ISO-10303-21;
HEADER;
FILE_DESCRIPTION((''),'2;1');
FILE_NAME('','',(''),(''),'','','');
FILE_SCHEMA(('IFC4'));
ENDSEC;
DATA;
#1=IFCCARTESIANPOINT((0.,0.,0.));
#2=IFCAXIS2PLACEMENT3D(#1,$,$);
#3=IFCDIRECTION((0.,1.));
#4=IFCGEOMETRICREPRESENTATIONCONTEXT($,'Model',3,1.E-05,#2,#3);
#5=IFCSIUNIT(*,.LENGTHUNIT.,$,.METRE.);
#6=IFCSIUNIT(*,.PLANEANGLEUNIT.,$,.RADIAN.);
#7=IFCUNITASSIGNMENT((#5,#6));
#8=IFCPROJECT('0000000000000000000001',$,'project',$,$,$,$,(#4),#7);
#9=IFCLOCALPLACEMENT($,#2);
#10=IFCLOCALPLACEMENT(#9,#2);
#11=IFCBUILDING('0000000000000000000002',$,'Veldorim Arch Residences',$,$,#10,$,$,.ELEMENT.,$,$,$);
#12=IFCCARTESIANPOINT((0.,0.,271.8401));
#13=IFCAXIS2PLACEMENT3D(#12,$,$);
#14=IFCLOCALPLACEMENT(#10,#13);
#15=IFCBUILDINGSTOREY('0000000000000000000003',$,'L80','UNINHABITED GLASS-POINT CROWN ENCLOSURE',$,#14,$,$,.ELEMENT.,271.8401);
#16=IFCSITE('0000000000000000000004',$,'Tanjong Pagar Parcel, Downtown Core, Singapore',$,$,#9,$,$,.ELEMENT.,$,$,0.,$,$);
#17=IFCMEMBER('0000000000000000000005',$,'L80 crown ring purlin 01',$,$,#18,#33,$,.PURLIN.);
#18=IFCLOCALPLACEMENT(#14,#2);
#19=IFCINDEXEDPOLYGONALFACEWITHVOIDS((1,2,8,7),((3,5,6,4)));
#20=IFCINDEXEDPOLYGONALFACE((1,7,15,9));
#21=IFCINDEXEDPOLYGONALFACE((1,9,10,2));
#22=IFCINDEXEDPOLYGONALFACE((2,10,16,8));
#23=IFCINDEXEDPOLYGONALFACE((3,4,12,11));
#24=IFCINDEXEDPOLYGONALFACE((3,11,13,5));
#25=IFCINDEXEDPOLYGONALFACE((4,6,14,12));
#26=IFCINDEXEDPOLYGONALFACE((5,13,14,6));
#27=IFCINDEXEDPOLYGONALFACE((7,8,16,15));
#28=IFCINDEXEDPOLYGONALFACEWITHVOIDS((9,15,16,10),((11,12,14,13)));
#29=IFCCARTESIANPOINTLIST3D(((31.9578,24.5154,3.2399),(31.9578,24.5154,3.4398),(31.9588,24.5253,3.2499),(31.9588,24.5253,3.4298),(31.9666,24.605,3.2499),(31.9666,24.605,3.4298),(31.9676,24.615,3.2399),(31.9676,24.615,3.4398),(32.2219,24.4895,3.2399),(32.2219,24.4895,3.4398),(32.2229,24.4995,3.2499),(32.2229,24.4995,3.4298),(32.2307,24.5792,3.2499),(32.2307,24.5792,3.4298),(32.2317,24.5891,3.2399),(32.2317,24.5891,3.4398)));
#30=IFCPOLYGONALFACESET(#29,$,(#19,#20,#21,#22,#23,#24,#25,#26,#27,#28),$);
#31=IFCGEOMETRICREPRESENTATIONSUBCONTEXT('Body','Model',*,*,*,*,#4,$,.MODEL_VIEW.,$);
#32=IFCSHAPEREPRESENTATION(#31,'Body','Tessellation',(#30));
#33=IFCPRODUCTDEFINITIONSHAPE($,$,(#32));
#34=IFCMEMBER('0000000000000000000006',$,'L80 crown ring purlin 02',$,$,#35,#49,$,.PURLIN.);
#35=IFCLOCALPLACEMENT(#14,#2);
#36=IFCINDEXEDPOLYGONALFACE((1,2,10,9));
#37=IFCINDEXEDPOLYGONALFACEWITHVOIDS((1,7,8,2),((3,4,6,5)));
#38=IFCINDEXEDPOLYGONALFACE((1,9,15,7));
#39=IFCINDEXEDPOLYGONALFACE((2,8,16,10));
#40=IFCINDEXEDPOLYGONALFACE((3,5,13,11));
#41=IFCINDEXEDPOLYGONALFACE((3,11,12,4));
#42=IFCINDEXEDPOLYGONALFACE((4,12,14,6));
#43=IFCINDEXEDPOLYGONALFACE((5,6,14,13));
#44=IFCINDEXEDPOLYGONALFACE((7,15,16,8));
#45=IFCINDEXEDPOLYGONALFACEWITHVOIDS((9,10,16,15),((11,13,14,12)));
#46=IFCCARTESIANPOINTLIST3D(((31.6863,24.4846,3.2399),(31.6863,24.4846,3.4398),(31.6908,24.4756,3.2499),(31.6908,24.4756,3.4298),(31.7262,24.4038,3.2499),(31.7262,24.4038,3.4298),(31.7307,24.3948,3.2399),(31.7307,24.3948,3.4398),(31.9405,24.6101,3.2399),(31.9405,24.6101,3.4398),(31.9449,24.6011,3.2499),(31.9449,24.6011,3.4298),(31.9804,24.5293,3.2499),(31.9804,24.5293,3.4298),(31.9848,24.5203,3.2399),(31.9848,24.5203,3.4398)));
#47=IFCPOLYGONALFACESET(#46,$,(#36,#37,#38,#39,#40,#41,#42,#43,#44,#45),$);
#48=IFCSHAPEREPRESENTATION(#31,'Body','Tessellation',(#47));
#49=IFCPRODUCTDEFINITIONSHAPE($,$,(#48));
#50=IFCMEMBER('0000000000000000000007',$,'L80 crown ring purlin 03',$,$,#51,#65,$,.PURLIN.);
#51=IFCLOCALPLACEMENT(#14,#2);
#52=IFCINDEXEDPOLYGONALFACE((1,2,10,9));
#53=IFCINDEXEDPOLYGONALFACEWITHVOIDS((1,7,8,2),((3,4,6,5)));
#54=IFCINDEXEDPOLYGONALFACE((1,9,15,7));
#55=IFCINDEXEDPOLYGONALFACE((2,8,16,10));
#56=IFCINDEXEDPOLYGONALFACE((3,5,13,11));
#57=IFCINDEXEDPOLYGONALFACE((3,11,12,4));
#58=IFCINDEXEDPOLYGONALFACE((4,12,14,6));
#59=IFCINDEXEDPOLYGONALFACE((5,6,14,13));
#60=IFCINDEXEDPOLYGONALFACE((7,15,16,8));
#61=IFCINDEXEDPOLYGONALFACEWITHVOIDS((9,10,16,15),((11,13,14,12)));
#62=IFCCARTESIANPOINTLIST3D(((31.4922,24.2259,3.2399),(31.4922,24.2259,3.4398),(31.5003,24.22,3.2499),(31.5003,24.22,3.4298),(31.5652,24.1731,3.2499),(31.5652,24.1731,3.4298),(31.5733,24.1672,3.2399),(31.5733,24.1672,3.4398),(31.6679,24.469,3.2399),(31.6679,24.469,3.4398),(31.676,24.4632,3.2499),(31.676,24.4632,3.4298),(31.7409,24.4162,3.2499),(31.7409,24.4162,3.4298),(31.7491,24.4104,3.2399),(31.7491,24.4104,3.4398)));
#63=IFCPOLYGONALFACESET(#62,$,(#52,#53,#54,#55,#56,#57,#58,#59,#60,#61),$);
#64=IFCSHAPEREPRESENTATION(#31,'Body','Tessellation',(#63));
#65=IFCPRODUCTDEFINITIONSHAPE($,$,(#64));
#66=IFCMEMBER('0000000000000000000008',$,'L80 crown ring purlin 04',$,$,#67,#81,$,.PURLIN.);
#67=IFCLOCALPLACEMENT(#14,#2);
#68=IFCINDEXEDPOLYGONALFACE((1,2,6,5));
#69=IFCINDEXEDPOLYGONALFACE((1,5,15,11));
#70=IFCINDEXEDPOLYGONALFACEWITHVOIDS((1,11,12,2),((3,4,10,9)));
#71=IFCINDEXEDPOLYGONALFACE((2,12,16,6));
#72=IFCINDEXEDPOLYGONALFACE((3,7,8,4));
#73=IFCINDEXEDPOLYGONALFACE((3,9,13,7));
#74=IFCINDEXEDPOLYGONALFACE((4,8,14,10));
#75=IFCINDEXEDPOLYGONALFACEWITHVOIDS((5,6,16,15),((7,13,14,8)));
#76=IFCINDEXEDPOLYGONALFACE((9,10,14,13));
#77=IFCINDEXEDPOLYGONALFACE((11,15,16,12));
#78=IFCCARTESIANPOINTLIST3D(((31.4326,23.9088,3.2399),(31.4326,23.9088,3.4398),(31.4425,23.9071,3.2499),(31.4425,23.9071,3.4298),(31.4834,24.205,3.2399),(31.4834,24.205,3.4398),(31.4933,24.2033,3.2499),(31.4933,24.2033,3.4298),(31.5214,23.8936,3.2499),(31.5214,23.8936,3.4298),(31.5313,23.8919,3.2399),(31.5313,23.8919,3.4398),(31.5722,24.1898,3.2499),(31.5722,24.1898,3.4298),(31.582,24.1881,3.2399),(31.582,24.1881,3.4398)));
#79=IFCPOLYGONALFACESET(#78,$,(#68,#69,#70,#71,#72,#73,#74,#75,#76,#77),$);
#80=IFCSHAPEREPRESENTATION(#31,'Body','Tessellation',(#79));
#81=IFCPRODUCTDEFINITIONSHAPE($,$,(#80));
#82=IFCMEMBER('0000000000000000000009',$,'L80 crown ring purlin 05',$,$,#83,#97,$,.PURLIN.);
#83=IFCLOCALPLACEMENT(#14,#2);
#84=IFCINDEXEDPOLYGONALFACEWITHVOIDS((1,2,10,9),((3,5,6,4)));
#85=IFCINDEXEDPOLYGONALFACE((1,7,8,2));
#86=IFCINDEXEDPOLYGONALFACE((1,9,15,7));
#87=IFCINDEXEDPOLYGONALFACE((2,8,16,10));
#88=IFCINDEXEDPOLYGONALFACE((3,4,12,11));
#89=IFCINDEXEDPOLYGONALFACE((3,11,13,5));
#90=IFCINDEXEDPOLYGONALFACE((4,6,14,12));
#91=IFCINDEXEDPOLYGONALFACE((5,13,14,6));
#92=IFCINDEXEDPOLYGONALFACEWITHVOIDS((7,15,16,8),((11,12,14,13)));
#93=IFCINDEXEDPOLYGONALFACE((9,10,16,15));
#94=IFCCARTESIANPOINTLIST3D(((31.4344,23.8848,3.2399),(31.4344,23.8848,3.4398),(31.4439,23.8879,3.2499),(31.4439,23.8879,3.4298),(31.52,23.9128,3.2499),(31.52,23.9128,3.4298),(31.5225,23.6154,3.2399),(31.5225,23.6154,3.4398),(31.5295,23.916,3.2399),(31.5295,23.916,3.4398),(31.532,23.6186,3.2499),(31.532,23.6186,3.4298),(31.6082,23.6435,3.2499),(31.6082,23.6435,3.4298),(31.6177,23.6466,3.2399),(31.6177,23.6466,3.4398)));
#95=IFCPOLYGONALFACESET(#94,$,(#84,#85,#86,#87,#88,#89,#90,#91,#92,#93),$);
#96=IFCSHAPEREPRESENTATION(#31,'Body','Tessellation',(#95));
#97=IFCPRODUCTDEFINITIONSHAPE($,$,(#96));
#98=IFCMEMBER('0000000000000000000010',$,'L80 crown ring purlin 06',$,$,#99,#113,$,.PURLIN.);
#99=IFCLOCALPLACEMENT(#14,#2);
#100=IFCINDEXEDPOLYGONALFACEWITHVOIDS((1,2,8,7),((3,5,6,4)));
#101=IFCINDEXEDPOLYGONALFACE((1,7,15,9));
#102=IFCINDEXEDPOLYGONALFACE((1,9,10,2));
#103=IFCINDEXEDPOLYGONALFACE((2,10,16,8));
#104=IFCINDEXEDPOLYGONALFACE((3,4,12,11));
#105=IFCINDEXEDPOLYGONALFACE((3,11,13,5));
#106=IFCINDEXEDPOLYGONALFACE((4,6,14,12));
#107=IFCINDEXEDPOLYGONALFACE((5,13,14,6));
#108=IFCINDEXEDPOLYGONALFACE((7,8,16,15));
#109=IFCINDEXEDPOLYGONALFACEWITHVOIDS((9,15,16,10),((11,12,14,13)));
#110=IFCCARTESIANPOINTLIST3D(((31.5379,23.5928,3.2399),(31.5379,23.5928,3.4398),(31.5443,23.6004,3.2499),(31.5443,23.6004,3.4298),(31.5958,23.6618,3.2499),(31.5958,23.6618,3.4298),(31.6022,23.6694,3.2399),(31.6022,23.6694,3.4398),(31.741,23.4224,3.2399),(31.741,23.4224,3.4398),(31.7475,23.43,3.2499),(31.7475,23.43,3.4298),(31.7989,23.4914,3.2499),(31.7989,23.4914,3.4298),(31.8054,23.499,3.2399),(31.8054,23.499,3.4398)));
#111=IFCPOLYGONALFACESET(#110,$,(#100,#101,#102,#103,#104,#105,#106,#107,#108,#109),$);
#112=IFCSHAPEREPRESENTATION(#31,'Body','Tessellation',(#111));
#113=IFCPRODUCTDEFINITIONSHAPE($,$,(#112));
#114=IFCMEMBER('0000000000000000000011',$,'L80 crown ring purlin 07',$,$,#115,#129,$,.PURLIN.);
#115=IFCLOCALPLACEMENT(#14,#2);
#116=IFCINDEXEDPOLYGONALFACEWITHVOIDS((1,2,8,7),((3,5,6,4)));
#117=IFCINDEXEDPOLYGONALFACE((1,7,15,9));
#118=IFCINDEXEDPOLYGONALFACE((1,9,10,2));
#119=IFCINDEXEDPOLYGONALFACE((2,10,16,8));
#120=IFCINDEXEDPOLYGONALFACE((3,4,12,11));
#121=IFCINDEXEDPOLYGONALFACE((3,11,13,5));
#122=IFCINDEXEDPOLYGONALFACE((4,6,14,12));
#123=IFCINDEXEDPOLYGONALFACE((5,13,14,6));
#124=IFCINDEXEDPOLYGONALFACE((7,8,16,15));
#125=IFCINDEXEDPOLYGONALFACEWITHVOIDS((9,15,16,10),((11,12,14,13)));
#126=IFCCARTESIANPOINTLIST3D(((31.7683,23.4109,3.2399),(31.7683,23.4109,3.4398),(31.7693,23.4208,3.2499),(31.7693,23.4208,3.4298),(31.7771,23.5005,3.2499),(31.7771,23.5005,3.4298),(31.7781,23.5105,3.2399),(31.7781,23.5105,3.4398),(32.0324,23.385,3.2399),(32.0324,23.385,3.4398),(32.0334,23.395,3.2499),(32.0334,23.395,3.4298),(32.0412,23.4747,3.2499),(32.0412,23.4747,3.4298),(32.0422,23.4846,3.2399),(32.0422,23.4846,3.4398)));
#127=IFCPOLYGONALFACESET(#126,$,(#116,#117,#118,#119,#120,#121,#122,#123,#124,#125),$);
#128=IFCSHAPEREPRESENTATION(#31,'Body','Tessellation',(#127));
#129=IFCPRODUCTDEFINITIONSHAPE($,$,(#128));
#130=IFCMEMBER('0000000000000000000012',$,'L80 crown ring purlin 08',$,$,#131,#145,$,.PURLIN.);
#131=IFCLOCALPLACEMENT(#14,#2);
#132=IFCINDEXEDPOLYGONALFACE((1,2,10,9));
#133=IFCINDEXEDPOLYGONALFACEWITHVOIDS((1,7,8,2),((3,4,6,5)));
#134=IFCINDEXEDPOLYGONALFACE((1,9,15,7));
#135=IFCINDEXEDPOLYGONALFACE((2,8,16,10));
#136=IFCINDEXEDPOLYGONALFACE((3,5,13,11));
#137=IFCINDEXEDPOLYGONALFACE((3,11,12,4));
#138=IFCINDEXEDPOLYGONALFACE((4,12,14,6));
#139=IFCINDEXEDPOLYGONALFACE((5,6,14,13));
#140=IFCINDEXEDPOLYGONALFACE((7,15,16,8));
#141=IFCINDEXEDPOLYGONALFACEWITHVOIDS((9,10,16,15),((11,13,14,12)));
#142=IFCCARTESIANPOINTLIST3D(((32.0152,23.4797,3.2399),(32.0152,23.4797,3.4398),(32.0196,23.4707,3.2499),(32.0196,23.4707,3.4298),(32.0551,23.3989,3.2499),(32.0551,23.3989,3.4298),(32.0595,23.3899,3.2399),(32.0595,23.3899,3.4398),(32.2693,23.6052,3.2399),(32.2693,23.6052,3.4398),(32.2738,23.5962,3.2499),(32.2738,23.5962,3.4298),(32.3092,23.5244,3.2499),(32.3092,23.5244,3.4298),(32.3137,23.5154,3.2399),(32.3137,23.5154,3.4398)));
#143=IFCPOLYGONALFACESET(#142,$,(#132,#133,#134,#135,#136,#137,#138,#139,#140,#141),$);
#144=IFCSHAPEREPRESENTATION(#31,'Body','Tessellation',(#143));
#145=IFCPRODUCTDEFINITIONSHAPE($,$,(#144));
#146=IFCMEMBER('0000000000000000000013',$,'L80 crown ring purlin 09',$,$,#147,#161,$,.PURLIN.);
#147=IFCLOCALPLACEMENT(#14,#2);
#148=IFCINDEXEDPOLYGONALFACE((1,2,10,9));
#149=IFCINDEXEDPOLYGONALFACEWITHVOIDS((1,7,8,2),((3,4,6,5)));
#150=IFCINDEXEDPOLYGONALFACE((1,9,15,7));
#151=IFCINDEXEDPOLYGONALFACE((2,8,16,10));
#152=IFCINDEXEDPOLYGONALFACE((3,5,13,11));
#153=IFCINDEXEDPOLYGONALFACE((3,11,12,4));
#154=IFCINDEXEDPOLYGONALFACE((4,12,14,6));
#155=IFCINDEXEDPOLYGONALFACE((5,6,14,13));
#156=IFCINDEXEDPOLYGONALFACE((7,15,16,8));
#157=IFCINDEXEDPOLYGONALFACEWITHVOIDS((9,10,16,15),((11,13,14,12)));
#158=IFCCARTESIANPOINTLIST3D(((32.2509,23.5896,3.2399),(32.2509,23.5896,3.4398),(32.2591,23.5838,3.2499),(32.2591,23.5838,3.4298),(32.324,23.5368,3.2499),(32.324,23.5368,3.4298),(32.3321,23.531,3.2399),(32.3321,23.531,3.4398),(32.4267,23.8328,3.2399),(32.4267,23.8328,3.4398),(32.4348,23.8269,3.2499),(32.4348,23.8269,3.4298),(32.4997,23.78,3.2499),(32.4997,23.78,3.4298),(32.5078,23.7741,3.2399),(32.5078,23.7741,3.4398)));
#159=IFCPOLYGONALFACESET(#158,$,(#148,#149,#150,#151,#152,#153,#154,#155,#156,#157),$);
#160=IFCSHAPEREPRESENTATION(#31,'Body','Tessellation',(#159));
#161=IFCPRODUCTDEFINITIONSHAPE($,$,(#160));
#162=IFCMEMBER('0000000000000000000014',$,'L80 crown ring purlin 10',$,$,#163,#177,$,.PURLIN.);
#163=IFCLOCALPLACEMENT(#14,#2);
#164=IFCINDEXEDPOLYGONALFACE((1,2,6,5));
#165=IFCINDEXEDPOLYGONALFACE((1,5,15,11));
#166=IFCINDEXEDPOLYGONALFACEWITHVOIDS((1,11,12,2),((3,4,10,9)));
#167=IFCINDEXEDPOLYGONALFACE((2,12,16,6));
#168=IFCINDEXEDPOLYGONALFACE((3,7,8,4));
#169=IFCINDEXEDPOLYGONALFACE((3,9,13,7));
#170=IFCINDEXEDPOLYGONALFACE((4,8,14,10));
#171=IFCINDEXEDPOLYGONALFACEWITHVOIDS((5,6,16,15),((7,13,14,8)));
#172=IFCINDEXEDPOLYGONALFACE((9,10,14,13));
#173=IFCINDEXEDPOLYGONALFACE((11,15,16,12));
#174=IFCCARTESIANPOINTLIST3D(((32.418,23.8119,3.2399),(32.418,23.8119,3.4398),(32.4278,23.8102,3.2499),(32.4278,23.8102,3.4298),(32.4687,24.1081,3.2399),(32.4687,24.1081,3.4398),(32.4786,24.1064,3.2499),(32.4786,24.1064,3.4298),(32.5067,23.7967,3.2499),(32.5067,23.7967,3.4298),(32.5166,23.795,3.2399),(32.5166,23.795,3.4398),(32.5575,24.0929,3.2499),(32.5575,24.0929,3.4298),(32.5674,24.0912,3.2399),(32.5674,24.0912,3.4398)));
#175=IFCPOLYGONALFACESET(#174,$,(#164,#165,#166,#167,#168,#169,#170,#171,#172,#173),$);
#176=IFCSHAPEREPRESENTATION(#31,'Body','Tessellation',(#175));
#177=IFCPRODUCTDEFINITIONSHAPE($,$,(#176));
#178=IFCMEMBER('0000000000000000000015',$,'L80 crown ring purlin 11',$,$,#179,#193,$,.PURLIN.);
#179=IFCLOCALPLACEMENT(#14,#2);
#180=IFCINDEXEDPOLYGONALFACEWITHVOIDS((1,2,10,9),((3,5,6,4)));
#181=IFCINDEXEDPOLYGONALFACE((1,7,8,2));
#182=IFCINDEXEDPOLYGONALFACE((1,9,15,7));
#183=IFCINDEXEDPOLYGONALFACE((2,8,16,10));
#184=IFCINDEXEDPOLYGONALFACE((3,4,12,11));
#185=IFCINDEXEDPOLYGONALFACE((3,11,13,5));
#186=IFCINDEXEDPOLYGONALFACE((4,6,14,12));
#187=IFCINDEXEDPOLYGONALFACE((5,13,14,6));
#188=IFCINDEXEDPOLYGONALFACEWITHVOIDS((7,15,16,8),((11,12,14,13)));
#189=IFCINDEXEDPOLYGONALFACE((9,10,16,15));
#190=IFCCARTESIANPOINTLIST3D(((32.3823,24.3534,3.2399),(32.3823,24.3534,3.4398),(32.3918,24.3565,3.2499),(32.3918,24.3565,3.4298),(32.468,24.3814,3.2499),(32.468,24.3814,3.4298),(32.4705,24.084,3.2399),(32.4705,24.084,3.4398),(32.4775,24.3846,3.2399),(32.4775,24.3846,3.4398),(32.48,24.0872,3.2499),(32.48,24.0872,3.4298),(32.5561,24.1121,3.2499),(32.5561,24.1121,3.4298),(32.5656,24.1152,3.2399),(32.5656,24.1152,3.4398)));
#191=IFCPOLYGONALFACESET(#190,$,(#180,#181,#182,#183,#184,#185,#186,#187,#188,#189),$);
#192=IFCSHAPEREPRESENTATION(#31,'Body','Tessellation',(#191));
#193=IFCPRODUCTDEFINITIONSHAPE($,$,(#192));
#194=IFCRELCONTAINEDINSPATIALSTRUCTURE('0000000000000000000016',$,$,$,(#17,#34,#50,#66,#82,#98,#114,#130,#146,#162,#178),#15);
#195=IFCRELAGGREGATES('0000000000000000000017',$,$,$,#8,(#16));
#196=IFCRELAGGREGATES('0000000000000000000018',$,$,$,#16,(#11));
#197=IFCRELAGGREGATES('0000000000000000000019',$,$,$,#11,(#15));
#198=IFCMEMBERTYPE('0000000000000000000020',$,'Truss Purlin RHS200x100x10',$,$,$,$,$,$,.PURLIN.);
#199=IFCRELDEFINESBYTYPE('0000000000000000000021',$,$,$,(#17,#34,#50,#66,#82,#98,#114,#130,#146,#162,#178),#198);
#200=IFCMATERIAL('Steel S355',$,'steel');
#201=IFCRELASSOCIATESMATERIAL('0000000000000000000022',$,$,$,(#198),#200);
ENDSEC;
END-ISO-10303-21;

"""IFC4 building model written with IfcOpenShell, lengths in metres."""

from ifc_helpers import new_model, si_unit, direction, frame, origin, origin_2d, place, context, subcontext, project, spatial, hollow_rectangle, extrude, material, material_profile, profile_set, type_object, element, save


model = new_model("IFC4")

# Units and contexts
model_context = context("Model", 3, precision=1e-05, world=origin(), true_north=direction((0.0, 1.0)))
body_context = subcontext(model_context, "Body", "Model", "MODEL_VIEW")
ifc_project = project(units=[si_unit("LENGTHUNIT", "METRE"), si_unit("PLANEANGLEUNIT", "RADIAN")], contexts=[model_context])

# Site, building, storey
site_placement = place(None, origin())
site = spatial("IfcSite", under=ifc_project, at=site_placement, Name="Tanjong Pagar Parcel, Downtown Core, Singapore", CompositionType="ELEMENT", RefElevation=0.0)
building_placement = place(site_placement, origin())
building = spatial("IfcBuilding", under=site, at=building_placement, Name="Veldorim Arch Residences", CompositionType="ELEMENT")
storey_placement = place(building_placement, frame((0.0, 0.0, 271.8401)))
storey = spatial("IfcBuildingStorey", under=building, at=storey_placement, Name="L80", Description="UNINHABITED GLASS-POINT CROWN ENCLOSURE", CompositionType="ELEMENT", Elevation=271.8401)

# Members
ifc_material_1 = material(Name="Steel S355", Category="steel")
ifc_material_profile = material_profile(ifc_material_1, hollow_rectangle(XDim=0.1001, YDim=0.2, WallThickness=0.01, at=origin_2d()), Name="RHS200x100x10")
ifc_profile_set = profile_set([ifc_material_profile], Name="Steel S355")
member_type = type_object("IfcMemberType", Name="Truss Purlin RHS200x100x10", PredefinedType="PURLIN", material=ifc_profile_set)
member_1_placement = place(storey_placement, frame((32.2268, 24.5393, 3.3398), z_axis=(-0.995236, 0.0975, 0.0), x_axis=(-0.0975, -0.995236, 0.0)))
element("IfcMember", 1, at=member_1_placement, inside=storey, type_object=member_type, Name="L80 crown ring purlin 01", PredefinedType="PURLIN", context=body_context, shape_type="SweptSolid", body=[
    extrude(hollow_rectangle(XDim=0.1001, YDim=0.2, WallThickness=0.01, at=origin_2d()), origin(), (0.0, 0.0, 1.0), 0.2654),
])
member_2_placement = place(storey_placement, frame((31.9626, 24.5652, 3.3398), z_axis=(-0.896655, -0.442729, 0.0), x_axis=(0.442729, -0.896655, 0.0)))
element("IfcMember", 2, at=member_2_placement, inside=storey, type_object=member_type, Name="L80 crown ring purlin 02", PredefinedType="PURLIN", context=body_context, shape_type="SweptSolid", body=[
    extrude(hollow_rectangle(XDim=0.1001, YDim=0.2, WallThickness=0.01, at=origin_2d()), origin(), (0.0, 0.0, 1.0), 0.2834),
])
member_3_placement = place(storey_placement, frame((31.7085, 24.4397, 3.3398), z_axis=(-0.585847, -0.810422, 0.0), x_axis=(0.810422, -0.585847, 0.0)))
element("IfcMember", 3, at=member_3_placement, inside=storey, type_object=member_type, Name="L80 crown ring purlin 03", PredefinedType="PURLIN", context=body_context, shape_type="SweptSolid", body=[
    extrude(hollow_rectangle(XDim=0.1001, YDim=0.2, WallThickness=0.01, at=origin_2d()), origin(), (0.0, 0.0, 1.0), 0.3),
])
member_4_placement = place(storey_placement, frame((31.5327, 24.1965, 3.3398), z_axis=(-0.169009, -0.985615, 0.0), x_axis=(0.985615, -0.169009, 0.0)))
element("IfcMember", 4, at=member_4_placement, inside=storey, type_object=member_type, Name="L80 crown ring purlin 04", PredefinedType="PURLIN", context=body_context, shape_type="SweptSolid", body=[
    extrude(hollow_rectangle(XDim=0.1001, YDim=0.2, WallThickness=0.01, at=origin_2d()), origin(), (0.0, 0.0, 1.0), 0.3005),
])
member_5_placement = place(storey_placement, frame((31.4819, 23.9004, 3.3398), z_axis=(0.311053, -0.950392, 0.0), x_axis=(0.950392, 0.311053, 0.0)))
element("IfcMember", 5, at=member_5_placement, inside=storey, type_object=member_type, Name="L80 crown ring purlin 05", PredefinedType="PURLIN", context=body_context, shape_type="SweptSolid", body=[
    extrude(hollow_rectangle(XDim=0.1001, YDim=0.2, WallThickness=0.01, at=origin_2d()), origin(), (0.0, 0.0, 1.0), 0.2834),
])
member_6_placement = place(storey_placement, frame((31.5701, 23.6311, 3.3398), z_axis=(0.766104, -0.642717, 0.0), x_axis=(0.642717, 0.766104, 0.0)))
element("IfcMember", 6, at=member_6_placement, inside=storey, type_object=member_type, Name="L80 crown ring purlin 06", PredefinedType="PURLIN", context=body_context, shape_type="SweptSolid", body=[
    extrude(hollow_rectangle(XDim=0.1001, YDim=0.2, WallThickness=0.01, at=origin_2d()), origin(), (0.0, 0.0, 1.0), 0.2651),
])
member_7_placement = place(storey_placement, frame((31.7732, 23.4607, 3.3398), z_axis=(0.995236, -0.0975, 0.0), x_axis=(0.0975, 0.995236, 0.0)))
element("IfcMember", 7, at=member_7_placement, inside=storey, type_object=member_type, Name="L80 crown ring purlin 07", PredefinedType="PURLIN", context=body_context, shape_type="SweptSolid", body=[
    extrude(hollow_rectangle(XDim=0.1001, YDim=0.2, WallThickness=0.01, at=origin_2d()), origin(), (0.0, 0.0, 1.0), 0.2654),
])
member_8_placement = place(storey_placement, frame((32.0374, 23.4348, 3.3398), z_axis=(0.896655, 0.442729, 0.0), x_axis=(-0.442729, 0.896655, 0.0)))
element("IfcMember", 8, at=member_8_placement, inside=storey, type_object=member_type, Name="L80 crown ring purlin 08", PredefinedType="PURLIN", context=body_context, shape_type="SweptSolid", body=[
    extrude(hollow_rectangle(XDim=0.1001, YDim=0.2, WallThickness=0.01, at=origin_2d()), origin(), (0.0, 0.0, 1.0), 0.2834),
])
member_9_placement = place(storey_placement, frame((32.2915, 23.5603, 3.3398), z_axis=(0.585847, 0.810422, 0.0), x_axis=(-0.810422, 0.585847, 0.0)))
element("IfcMember", 9, at=member_9_placement, inside=storey, type_object=member_type, Name="L80 crown ring purlin 09", PredefinedType="PURLIN", context=body_context, shape_type="SweptSolid", body=[
    extrude(hollow_rectangle(XDim=0.1001, YDim=0.2, WallThickness=0.01, at=origin_2d()), origin(), (0.0, 0.0, 1.0), 0.3),
])
member_10_placement = place(storey_placement, frame((32.4673, 23.8035, 3.3398), z_axis=(0.169009, 0.985615, 0.0), x_axis=(-0.985615, 0.169009, 0.0)))
element("IfcMember", 10, at=member_10_placement, inside=storey, type_object=member_type, Name="L80 crown ring purlin 10", PredefinedType="PURLIN", context=body_context, shape_type="SweptSolid", body=[
    extrude(hollow_rectangle(XDim=0.1001, YDim=0.2, WallThickness=0.01, at=origin_2d()), origin(), (0.0, 0.0, 1.0), 0.3005),
])
member_11_placement = place(storey_placement, frame((32.5181, 24.0996, 3.3398), z_axis=(-0.311053, 0.950392, 0.0), x_axis=(-0.950392, -0.311053, 0.0)))
element("IfcMember", 11, at=member_11_placement, inside=storey, type_object=member_type, Name="L80 crown ring purlin 11", PredefinedType="PURLIN", context=body_context, shape_type="SweptSolid", body=[
    extrude(hollow_rectangle(XDim=0.1001, YDim=0.2, WallThickness=0.01, at=origin_2d()), origin(), (0.0, 0.0, 1.0), 0.2834),
])

save(model, "model.ifc")
